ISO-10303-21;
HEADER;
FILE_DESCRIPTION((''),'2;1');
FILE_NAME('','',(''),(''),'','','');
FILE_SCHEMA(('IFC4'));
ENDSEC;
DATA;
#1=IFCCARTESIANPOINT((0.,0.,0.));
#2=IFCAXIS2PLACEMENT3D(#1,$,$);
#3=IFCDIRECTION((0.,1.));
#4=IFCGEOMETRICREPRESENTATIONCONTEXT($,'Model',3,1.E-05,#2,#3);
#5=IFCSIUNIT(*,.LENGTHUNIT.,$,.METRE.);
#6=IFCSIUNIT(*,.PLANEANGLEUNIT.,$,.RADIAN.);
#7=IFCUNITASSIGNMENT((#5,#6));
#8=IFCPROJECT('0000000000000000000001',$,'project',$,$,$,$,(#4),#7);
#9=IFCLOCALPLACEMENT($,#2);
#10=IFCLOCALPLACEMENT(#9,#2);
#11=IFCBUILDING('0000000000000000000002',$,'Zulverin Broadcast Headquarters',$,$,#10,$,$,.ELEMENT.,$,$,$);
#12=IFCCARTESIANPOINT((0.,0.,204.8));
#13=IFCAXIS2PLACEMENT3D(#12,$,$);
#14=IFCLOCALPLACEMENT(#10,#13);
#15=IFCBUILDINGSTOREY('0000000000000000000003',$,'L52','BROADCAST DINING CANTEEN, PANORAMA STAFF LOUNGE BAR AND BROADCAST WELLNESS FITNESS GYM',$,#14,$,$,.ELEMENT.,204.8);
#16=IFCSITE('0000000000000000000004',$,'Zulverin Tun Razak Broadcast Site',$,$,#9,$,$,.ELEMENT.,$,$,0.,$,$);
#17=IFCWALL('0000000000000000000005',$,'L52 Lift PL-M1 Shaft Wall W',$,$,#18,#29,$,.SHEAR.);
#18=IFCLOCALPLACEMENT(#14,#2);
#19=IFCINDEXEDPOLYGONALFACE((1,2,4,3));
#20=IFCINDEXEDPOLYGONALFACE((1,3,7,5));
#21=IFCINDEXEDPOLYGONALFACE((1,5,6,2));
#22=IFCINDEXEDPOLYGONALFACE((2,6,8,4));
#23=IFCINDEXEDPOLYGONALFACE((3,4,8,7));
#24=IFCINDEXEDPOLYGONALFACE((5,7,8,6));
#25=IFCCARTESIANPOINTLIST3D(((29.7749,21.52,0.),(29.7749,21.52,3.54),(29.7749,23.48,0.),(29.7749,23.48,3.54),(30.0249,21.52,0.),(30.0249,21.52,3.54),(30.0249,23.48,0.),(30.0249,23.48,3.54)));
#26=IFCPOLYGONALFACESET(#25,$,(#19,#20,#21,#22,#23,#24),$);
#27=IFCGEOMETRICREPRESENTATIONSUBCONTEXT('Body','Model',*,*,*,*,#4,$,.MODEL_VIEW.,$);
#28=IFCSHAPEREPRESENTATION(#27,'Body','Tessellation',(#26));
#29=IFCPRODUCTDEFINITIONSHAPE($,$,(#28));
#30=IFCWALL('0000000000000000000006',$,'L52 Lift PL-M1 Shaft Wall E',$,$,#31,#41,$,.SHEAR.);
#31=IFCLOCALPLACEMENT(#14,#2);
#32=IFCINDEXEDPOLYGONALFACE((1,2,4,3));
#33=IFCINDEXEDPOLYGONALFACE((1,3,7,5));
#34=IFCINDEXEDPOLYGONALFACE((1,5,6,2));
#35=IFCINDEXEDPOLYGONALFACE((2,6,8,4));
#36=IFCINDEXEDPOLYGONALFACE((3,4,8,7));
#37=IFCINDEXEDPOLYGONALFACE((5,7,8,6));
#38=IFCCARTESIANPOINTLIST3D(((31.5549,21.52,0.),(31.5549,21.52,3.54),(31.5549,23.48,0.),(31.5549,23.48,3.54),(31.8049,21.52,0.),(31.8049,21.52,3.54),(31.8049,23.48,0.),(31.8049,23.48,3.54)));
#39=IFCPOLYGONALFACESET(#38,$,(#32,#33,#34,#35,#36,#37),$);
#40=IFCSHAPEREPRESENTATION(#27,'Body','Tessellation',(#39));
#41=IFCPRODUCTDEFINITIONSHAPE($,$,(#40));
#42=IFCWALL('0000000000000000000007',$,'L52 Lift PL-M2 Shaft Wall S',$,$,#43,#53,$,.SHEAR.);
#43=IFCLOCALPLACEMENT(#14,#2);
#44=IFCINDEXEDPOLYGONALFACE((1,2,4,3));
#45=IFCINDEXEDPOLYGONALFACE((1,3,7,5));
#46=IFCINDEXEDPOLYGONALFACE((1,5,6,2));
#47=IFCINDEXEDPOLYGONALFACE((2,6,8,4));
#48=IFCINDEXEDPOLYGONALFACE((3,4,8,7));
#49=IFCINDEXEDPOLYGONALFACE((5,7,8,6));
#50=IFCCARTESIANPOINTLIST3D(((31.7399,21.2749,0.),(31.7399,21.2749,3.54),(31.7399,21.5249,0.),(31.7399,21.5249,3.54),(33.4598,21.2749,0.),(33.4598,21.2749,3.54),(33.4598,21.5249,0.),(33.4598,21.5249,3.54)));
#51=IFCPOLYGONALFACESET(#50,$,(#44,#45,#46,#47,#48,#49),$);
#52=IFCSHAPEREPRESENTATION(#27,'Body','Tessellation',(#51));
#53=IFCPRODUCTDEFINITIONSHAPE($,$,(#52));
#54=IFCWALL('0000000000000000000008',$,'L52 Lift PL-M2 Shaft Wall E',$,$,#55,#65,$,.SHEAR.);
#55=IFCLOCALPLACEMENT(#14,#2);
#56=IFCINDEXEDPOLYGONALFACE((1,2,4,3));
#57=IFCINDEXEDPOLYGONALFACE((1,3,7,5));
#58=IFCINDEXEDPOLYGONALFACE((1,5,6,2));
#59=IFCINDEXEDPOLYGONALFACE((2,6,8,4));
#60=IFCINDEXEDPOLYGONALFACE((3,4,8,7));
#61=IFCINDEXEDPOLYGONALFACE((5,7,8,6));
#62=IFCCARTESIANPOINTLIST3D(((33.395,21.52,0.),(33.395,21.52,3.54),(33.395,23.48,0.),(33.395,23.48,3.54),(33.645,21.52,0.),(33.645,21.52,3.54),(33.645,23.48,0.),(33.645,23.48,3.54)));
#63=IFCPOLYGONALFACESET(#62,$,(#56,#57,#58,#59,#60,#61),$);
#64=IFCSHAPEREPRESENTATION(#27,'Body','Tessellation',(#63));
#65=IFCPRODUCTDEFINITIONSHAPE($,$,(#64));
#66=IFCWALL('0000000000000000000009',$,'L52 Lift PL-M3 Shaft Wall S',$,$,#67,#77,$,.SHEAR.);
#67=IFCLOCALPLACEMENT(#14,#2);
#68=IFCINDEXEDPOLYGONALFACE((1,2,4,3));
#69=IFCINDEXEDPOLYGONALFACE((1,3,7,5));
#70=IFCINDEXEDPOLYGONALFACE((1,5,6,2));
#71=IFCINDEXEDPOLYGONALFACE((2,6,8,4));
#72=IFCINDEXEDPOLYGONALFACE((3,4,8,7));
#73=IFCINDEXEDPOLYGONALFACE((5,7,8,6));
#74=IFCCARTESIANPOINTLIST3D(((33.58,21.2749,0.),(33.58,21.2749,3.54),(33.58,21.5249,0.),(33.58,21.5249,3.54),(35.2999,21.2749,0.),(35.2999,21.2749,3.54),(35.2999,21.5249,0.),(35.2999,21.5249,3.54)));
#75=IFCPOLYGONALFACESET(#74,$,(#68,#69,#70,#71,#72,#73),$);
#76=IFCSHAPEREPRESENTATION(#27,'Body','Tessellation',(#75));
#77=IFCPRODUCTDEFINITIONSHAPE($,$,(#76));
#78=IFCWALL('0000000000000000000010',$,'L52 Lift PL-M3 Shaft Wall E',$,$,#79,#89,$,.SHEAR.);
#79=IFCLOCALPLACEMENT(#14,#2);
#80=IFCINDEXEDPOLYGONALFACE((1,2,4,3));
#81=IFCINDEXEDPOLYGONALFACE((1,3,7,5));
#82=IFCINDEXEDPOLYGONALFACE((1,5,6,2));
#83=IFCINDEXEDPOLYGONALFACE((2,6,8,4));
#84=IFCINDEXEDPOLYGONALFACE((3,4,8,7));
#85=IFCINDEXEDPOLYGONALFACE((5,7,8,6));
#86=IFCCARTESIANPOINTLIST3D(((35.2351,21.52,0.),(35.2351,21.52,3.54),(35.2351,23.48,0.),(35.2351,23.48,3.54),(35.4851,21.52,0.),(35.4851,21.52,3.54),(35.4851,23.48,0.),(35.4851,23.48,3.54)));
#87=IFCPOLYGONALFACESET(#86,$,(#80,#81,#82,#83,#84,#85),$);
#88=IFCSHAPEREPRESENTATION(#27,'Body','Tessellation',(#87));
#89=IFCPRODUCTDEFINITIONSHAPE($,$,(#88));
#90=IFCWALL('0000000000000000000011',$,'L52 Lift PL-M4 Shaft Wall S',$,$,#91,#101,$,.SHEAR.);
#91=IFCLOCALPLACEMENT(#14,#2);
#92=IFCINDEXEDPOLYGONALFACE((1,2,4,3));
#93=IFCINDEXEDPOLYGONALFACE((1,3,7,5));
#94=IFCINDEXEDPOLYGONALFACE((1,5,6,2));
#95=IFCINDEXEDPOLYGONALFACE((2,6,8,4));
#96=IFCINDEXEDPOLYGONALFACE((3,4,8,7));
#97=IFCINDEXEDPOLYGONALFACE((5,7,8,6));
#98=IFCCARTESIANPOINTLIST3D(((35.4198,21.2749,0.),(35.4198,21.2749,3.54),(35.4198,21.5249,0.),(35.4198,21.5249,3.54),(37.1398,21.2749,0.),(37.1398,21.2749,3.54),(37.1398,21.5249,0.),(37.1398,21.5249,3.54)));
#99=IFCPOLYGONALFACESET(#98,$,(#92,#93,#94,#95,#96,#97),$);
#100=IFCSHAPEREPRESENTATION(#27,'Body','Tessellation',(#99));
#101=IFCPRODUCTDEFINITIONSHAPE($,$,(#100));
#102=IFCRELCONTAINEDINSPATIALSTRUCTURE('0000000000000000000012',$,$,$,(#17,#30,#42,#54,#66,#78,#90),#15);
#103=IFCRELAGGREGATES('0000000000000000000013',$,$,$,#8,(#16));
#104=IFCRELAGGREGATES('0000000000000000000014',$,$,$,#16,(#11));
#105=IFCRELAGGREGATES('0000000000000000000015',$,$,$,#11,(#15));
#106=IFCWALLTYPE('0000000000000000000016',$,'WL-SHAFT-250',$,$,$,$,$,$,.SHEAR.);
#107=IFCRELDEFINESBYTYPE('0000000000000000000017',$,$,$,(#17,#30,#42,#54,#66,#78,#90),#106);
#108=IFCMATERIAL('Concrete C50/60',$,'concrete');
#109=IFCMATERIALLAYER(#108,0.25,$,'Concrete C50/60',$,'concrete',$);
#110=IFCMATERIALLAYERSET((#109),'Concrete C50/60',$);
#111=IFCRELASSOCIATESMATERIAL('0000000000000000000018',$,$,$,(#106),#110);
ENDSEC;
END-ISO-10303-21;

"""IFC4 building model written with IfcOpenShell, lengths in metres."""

from ifc_helpers import new_model, si_unit, direction, frame, frame_2d, origin, place, context, subcontext, project, spatial, rectangle, extrude, material, layer, layer_set, type_object, element, save


model = new_model("IFC4")

# Units and contexts
model_context = context("Model", 3, precision=1e-05, world=origin(), true_north=direction((0.0, 1.0)))
body_context = subcontext(model_context, "Body", "Model", "MODEL_VIEW")
ifc_project = project(units=[si_unit("LENGTHUNIT", "METRE"), si_unit("PLANEANGLEUNIT", "RADIAN")], contexts=[model_context])

# Site, building, storey
site_placement = place(None, origin())
site = spatial("IfcSite", under=ifc_project, at=site_placement, Name="Zulverin Tun Razak Broadcast Site", CompositionType="ELEMENT", RefElevation=0.0)
building_placement = place(site_placement, origin())
building = spatial("IfcBuilding", under=site, at=building_placement, Name="Zulverin Broadcast Headquarters", CompositionType="ELEMENT")
storey_placement = place(building_placement, frame((0.0, 0.0, 204.8)))
storey = spatial("IfcBuildingStorey", under=building, at=storey_placement, Name="L52", Description="BROADCAST DINING CANTEEN, PANORAMA STAFF LOUNGE BAR AND BROADCAST WELLNESS FITNESS GYM", CompositionType="ELEMENT", Elevation=204.8)

# Walls
ifc_material_1 = material(Name="Concrete C50/60", Category="concrete")
ifc_layer_1 = layer(ifc_material_1, 0.25, Name="Concrete C50/60", Category="concrete")
ifc_layer_set_1 = layer_set([ifc_layer_1], Name="Concrete C50/60")
wall_type_1 = type_object("IfcWallType", Name="WL-SHAFT-250", PredefinedType="SHEAR", material=ifc_layer_set_1)
for number, where, z_axis, x_axis, name in (
    (1, (29.8999, 21.52, 0.0), (0.0, 0.0, 1.0), (0.0, 1.0, 0.0), "L52 Lift PL-M1 Shaft Wall W"),
    (2, (31.6799, 21.52, 0.0), (0.0, 0.0, 1.0), (0.0, 1.0, 0.0), "L52 Lift PL-M1 Shaft Wall E"),
):
    element("IfcWall", number, at=place(storey_placement, frame(where, z_axis=z_axis, x_axis=x_axis)), inside=storey, type_object=wall_type_1, Name=name, PredefinedType="SHEAR", context=body_context, shape_type="SweptSolid", body=[
        extrude(rectangle(XDim=1.96, YDim=0.25, at=frame_2d((0.98, 0.0))), origin(), (0.0, 0.0, 1.0), 3.54),
    ])
wall_1_placement = place(storey_placement, frame((31.74, 21.3999, 0.0), z_axis=(0.0, 0.0, 1.0), x_axis=(1.0, 0.0, 0.0)))
element("IfcWall", 3, at=wall_1_placement, inside=storey, type_object=wall_type_1, Name="L52 Lift PL-M2 Shaft Wall S", PredefinedType="SHEAR", context=body_context, shape_type="SweptSolid", body=[
    extrude(rectangle(XDim=1.72, YDim=0.25, at=frame_2d((0.8599, 0.0))), origin(), (0.0, 0.0, 1.0), 3.54),
])
wall_2_placement = place(storey_placement, frame((33.52, 21.52, 0.0), z_axis=(0.0, 0.0, 1.0), x_axis=(0.0, 1.0, 0.0)))
element("IfcWall", 4, at=wall_2_placement, inside=storey, type_object=wall_type_1, Name="L52 Lift PL-M2 Shaft Wall E", PredefinedType="SHEAR", context=body_context, shape_type="SweptSolid", body=[
    extrude(rectangle(XDim=1.96, YDim=0.25, at=frame_2d((0.98, 0.0))), origin(), (0.0, 0.0, 1.0), 3.54),
])
wall_3_placement = place(storey_placement, frame((33.5801, 21.3999, 0.0), z_axis=(0.0, 0.0, 1.0), x_axis=(1.0, 0.0, 0.0)))
element("IfcWall", 5, at=wall_3_placement, inside=storey, type_object=wall_type_1, Name="L52 Lift PL-M3 Shaft Wall S", PredefinedType="SHEAR", context=body_context, shape_type="SweptSolid", body=[
    extrude(rectangle(XDim=1.72, YDim=0.25, at=frame_2d((0.8599, 0.0))), origin(), (0.0, 0.0, 1.0), 3.54),
])
wall_4_placement = place(storey_placement, frame((35.3601, 21.52, 0.0), z_axis=(0.0, 0.0, 1.0), x_axis=(0.0, 1.0, 0.0)))
element("IfcWall", 6, at=wall_4_placement, inside=storey, type_object=wall_type_1, Name="L52 Lift PL-M3 Shaft Wall E", PredefinedType="SHEAR", context=body_context, shape_type="SweptSolid", body=[
    extrude(rectangle(XDim=1.96, YDim=0.25, at=frame_2d((0.98, 0.0))), origin(), (0.0, 0.0, 1.0), 3.54),
])
wall_5_placement = place(storey_placement, frame((35.4199, 21.3999, 0.0), z_axis=(0.0, 0.0, 1.0), x_axis=(1.0, 0.0, 0.0)))
element("IfcWall", 7, at=wall_5_placement, inside=storey, type_object=wall_type_1, Name="L52 Lift PL-M4 Shaft Wall S", PredefinedType="SHEAR", context=body_context, shape_type="SweptSolid", body=[
    extrude(rectangle(XDim=1.72, YDim=0.25, at=frame_2d((0.8599, 0.0))), origin(), (0.0, 0.0, 1.0), 3.54),
])

save(model, "model.ifc")
